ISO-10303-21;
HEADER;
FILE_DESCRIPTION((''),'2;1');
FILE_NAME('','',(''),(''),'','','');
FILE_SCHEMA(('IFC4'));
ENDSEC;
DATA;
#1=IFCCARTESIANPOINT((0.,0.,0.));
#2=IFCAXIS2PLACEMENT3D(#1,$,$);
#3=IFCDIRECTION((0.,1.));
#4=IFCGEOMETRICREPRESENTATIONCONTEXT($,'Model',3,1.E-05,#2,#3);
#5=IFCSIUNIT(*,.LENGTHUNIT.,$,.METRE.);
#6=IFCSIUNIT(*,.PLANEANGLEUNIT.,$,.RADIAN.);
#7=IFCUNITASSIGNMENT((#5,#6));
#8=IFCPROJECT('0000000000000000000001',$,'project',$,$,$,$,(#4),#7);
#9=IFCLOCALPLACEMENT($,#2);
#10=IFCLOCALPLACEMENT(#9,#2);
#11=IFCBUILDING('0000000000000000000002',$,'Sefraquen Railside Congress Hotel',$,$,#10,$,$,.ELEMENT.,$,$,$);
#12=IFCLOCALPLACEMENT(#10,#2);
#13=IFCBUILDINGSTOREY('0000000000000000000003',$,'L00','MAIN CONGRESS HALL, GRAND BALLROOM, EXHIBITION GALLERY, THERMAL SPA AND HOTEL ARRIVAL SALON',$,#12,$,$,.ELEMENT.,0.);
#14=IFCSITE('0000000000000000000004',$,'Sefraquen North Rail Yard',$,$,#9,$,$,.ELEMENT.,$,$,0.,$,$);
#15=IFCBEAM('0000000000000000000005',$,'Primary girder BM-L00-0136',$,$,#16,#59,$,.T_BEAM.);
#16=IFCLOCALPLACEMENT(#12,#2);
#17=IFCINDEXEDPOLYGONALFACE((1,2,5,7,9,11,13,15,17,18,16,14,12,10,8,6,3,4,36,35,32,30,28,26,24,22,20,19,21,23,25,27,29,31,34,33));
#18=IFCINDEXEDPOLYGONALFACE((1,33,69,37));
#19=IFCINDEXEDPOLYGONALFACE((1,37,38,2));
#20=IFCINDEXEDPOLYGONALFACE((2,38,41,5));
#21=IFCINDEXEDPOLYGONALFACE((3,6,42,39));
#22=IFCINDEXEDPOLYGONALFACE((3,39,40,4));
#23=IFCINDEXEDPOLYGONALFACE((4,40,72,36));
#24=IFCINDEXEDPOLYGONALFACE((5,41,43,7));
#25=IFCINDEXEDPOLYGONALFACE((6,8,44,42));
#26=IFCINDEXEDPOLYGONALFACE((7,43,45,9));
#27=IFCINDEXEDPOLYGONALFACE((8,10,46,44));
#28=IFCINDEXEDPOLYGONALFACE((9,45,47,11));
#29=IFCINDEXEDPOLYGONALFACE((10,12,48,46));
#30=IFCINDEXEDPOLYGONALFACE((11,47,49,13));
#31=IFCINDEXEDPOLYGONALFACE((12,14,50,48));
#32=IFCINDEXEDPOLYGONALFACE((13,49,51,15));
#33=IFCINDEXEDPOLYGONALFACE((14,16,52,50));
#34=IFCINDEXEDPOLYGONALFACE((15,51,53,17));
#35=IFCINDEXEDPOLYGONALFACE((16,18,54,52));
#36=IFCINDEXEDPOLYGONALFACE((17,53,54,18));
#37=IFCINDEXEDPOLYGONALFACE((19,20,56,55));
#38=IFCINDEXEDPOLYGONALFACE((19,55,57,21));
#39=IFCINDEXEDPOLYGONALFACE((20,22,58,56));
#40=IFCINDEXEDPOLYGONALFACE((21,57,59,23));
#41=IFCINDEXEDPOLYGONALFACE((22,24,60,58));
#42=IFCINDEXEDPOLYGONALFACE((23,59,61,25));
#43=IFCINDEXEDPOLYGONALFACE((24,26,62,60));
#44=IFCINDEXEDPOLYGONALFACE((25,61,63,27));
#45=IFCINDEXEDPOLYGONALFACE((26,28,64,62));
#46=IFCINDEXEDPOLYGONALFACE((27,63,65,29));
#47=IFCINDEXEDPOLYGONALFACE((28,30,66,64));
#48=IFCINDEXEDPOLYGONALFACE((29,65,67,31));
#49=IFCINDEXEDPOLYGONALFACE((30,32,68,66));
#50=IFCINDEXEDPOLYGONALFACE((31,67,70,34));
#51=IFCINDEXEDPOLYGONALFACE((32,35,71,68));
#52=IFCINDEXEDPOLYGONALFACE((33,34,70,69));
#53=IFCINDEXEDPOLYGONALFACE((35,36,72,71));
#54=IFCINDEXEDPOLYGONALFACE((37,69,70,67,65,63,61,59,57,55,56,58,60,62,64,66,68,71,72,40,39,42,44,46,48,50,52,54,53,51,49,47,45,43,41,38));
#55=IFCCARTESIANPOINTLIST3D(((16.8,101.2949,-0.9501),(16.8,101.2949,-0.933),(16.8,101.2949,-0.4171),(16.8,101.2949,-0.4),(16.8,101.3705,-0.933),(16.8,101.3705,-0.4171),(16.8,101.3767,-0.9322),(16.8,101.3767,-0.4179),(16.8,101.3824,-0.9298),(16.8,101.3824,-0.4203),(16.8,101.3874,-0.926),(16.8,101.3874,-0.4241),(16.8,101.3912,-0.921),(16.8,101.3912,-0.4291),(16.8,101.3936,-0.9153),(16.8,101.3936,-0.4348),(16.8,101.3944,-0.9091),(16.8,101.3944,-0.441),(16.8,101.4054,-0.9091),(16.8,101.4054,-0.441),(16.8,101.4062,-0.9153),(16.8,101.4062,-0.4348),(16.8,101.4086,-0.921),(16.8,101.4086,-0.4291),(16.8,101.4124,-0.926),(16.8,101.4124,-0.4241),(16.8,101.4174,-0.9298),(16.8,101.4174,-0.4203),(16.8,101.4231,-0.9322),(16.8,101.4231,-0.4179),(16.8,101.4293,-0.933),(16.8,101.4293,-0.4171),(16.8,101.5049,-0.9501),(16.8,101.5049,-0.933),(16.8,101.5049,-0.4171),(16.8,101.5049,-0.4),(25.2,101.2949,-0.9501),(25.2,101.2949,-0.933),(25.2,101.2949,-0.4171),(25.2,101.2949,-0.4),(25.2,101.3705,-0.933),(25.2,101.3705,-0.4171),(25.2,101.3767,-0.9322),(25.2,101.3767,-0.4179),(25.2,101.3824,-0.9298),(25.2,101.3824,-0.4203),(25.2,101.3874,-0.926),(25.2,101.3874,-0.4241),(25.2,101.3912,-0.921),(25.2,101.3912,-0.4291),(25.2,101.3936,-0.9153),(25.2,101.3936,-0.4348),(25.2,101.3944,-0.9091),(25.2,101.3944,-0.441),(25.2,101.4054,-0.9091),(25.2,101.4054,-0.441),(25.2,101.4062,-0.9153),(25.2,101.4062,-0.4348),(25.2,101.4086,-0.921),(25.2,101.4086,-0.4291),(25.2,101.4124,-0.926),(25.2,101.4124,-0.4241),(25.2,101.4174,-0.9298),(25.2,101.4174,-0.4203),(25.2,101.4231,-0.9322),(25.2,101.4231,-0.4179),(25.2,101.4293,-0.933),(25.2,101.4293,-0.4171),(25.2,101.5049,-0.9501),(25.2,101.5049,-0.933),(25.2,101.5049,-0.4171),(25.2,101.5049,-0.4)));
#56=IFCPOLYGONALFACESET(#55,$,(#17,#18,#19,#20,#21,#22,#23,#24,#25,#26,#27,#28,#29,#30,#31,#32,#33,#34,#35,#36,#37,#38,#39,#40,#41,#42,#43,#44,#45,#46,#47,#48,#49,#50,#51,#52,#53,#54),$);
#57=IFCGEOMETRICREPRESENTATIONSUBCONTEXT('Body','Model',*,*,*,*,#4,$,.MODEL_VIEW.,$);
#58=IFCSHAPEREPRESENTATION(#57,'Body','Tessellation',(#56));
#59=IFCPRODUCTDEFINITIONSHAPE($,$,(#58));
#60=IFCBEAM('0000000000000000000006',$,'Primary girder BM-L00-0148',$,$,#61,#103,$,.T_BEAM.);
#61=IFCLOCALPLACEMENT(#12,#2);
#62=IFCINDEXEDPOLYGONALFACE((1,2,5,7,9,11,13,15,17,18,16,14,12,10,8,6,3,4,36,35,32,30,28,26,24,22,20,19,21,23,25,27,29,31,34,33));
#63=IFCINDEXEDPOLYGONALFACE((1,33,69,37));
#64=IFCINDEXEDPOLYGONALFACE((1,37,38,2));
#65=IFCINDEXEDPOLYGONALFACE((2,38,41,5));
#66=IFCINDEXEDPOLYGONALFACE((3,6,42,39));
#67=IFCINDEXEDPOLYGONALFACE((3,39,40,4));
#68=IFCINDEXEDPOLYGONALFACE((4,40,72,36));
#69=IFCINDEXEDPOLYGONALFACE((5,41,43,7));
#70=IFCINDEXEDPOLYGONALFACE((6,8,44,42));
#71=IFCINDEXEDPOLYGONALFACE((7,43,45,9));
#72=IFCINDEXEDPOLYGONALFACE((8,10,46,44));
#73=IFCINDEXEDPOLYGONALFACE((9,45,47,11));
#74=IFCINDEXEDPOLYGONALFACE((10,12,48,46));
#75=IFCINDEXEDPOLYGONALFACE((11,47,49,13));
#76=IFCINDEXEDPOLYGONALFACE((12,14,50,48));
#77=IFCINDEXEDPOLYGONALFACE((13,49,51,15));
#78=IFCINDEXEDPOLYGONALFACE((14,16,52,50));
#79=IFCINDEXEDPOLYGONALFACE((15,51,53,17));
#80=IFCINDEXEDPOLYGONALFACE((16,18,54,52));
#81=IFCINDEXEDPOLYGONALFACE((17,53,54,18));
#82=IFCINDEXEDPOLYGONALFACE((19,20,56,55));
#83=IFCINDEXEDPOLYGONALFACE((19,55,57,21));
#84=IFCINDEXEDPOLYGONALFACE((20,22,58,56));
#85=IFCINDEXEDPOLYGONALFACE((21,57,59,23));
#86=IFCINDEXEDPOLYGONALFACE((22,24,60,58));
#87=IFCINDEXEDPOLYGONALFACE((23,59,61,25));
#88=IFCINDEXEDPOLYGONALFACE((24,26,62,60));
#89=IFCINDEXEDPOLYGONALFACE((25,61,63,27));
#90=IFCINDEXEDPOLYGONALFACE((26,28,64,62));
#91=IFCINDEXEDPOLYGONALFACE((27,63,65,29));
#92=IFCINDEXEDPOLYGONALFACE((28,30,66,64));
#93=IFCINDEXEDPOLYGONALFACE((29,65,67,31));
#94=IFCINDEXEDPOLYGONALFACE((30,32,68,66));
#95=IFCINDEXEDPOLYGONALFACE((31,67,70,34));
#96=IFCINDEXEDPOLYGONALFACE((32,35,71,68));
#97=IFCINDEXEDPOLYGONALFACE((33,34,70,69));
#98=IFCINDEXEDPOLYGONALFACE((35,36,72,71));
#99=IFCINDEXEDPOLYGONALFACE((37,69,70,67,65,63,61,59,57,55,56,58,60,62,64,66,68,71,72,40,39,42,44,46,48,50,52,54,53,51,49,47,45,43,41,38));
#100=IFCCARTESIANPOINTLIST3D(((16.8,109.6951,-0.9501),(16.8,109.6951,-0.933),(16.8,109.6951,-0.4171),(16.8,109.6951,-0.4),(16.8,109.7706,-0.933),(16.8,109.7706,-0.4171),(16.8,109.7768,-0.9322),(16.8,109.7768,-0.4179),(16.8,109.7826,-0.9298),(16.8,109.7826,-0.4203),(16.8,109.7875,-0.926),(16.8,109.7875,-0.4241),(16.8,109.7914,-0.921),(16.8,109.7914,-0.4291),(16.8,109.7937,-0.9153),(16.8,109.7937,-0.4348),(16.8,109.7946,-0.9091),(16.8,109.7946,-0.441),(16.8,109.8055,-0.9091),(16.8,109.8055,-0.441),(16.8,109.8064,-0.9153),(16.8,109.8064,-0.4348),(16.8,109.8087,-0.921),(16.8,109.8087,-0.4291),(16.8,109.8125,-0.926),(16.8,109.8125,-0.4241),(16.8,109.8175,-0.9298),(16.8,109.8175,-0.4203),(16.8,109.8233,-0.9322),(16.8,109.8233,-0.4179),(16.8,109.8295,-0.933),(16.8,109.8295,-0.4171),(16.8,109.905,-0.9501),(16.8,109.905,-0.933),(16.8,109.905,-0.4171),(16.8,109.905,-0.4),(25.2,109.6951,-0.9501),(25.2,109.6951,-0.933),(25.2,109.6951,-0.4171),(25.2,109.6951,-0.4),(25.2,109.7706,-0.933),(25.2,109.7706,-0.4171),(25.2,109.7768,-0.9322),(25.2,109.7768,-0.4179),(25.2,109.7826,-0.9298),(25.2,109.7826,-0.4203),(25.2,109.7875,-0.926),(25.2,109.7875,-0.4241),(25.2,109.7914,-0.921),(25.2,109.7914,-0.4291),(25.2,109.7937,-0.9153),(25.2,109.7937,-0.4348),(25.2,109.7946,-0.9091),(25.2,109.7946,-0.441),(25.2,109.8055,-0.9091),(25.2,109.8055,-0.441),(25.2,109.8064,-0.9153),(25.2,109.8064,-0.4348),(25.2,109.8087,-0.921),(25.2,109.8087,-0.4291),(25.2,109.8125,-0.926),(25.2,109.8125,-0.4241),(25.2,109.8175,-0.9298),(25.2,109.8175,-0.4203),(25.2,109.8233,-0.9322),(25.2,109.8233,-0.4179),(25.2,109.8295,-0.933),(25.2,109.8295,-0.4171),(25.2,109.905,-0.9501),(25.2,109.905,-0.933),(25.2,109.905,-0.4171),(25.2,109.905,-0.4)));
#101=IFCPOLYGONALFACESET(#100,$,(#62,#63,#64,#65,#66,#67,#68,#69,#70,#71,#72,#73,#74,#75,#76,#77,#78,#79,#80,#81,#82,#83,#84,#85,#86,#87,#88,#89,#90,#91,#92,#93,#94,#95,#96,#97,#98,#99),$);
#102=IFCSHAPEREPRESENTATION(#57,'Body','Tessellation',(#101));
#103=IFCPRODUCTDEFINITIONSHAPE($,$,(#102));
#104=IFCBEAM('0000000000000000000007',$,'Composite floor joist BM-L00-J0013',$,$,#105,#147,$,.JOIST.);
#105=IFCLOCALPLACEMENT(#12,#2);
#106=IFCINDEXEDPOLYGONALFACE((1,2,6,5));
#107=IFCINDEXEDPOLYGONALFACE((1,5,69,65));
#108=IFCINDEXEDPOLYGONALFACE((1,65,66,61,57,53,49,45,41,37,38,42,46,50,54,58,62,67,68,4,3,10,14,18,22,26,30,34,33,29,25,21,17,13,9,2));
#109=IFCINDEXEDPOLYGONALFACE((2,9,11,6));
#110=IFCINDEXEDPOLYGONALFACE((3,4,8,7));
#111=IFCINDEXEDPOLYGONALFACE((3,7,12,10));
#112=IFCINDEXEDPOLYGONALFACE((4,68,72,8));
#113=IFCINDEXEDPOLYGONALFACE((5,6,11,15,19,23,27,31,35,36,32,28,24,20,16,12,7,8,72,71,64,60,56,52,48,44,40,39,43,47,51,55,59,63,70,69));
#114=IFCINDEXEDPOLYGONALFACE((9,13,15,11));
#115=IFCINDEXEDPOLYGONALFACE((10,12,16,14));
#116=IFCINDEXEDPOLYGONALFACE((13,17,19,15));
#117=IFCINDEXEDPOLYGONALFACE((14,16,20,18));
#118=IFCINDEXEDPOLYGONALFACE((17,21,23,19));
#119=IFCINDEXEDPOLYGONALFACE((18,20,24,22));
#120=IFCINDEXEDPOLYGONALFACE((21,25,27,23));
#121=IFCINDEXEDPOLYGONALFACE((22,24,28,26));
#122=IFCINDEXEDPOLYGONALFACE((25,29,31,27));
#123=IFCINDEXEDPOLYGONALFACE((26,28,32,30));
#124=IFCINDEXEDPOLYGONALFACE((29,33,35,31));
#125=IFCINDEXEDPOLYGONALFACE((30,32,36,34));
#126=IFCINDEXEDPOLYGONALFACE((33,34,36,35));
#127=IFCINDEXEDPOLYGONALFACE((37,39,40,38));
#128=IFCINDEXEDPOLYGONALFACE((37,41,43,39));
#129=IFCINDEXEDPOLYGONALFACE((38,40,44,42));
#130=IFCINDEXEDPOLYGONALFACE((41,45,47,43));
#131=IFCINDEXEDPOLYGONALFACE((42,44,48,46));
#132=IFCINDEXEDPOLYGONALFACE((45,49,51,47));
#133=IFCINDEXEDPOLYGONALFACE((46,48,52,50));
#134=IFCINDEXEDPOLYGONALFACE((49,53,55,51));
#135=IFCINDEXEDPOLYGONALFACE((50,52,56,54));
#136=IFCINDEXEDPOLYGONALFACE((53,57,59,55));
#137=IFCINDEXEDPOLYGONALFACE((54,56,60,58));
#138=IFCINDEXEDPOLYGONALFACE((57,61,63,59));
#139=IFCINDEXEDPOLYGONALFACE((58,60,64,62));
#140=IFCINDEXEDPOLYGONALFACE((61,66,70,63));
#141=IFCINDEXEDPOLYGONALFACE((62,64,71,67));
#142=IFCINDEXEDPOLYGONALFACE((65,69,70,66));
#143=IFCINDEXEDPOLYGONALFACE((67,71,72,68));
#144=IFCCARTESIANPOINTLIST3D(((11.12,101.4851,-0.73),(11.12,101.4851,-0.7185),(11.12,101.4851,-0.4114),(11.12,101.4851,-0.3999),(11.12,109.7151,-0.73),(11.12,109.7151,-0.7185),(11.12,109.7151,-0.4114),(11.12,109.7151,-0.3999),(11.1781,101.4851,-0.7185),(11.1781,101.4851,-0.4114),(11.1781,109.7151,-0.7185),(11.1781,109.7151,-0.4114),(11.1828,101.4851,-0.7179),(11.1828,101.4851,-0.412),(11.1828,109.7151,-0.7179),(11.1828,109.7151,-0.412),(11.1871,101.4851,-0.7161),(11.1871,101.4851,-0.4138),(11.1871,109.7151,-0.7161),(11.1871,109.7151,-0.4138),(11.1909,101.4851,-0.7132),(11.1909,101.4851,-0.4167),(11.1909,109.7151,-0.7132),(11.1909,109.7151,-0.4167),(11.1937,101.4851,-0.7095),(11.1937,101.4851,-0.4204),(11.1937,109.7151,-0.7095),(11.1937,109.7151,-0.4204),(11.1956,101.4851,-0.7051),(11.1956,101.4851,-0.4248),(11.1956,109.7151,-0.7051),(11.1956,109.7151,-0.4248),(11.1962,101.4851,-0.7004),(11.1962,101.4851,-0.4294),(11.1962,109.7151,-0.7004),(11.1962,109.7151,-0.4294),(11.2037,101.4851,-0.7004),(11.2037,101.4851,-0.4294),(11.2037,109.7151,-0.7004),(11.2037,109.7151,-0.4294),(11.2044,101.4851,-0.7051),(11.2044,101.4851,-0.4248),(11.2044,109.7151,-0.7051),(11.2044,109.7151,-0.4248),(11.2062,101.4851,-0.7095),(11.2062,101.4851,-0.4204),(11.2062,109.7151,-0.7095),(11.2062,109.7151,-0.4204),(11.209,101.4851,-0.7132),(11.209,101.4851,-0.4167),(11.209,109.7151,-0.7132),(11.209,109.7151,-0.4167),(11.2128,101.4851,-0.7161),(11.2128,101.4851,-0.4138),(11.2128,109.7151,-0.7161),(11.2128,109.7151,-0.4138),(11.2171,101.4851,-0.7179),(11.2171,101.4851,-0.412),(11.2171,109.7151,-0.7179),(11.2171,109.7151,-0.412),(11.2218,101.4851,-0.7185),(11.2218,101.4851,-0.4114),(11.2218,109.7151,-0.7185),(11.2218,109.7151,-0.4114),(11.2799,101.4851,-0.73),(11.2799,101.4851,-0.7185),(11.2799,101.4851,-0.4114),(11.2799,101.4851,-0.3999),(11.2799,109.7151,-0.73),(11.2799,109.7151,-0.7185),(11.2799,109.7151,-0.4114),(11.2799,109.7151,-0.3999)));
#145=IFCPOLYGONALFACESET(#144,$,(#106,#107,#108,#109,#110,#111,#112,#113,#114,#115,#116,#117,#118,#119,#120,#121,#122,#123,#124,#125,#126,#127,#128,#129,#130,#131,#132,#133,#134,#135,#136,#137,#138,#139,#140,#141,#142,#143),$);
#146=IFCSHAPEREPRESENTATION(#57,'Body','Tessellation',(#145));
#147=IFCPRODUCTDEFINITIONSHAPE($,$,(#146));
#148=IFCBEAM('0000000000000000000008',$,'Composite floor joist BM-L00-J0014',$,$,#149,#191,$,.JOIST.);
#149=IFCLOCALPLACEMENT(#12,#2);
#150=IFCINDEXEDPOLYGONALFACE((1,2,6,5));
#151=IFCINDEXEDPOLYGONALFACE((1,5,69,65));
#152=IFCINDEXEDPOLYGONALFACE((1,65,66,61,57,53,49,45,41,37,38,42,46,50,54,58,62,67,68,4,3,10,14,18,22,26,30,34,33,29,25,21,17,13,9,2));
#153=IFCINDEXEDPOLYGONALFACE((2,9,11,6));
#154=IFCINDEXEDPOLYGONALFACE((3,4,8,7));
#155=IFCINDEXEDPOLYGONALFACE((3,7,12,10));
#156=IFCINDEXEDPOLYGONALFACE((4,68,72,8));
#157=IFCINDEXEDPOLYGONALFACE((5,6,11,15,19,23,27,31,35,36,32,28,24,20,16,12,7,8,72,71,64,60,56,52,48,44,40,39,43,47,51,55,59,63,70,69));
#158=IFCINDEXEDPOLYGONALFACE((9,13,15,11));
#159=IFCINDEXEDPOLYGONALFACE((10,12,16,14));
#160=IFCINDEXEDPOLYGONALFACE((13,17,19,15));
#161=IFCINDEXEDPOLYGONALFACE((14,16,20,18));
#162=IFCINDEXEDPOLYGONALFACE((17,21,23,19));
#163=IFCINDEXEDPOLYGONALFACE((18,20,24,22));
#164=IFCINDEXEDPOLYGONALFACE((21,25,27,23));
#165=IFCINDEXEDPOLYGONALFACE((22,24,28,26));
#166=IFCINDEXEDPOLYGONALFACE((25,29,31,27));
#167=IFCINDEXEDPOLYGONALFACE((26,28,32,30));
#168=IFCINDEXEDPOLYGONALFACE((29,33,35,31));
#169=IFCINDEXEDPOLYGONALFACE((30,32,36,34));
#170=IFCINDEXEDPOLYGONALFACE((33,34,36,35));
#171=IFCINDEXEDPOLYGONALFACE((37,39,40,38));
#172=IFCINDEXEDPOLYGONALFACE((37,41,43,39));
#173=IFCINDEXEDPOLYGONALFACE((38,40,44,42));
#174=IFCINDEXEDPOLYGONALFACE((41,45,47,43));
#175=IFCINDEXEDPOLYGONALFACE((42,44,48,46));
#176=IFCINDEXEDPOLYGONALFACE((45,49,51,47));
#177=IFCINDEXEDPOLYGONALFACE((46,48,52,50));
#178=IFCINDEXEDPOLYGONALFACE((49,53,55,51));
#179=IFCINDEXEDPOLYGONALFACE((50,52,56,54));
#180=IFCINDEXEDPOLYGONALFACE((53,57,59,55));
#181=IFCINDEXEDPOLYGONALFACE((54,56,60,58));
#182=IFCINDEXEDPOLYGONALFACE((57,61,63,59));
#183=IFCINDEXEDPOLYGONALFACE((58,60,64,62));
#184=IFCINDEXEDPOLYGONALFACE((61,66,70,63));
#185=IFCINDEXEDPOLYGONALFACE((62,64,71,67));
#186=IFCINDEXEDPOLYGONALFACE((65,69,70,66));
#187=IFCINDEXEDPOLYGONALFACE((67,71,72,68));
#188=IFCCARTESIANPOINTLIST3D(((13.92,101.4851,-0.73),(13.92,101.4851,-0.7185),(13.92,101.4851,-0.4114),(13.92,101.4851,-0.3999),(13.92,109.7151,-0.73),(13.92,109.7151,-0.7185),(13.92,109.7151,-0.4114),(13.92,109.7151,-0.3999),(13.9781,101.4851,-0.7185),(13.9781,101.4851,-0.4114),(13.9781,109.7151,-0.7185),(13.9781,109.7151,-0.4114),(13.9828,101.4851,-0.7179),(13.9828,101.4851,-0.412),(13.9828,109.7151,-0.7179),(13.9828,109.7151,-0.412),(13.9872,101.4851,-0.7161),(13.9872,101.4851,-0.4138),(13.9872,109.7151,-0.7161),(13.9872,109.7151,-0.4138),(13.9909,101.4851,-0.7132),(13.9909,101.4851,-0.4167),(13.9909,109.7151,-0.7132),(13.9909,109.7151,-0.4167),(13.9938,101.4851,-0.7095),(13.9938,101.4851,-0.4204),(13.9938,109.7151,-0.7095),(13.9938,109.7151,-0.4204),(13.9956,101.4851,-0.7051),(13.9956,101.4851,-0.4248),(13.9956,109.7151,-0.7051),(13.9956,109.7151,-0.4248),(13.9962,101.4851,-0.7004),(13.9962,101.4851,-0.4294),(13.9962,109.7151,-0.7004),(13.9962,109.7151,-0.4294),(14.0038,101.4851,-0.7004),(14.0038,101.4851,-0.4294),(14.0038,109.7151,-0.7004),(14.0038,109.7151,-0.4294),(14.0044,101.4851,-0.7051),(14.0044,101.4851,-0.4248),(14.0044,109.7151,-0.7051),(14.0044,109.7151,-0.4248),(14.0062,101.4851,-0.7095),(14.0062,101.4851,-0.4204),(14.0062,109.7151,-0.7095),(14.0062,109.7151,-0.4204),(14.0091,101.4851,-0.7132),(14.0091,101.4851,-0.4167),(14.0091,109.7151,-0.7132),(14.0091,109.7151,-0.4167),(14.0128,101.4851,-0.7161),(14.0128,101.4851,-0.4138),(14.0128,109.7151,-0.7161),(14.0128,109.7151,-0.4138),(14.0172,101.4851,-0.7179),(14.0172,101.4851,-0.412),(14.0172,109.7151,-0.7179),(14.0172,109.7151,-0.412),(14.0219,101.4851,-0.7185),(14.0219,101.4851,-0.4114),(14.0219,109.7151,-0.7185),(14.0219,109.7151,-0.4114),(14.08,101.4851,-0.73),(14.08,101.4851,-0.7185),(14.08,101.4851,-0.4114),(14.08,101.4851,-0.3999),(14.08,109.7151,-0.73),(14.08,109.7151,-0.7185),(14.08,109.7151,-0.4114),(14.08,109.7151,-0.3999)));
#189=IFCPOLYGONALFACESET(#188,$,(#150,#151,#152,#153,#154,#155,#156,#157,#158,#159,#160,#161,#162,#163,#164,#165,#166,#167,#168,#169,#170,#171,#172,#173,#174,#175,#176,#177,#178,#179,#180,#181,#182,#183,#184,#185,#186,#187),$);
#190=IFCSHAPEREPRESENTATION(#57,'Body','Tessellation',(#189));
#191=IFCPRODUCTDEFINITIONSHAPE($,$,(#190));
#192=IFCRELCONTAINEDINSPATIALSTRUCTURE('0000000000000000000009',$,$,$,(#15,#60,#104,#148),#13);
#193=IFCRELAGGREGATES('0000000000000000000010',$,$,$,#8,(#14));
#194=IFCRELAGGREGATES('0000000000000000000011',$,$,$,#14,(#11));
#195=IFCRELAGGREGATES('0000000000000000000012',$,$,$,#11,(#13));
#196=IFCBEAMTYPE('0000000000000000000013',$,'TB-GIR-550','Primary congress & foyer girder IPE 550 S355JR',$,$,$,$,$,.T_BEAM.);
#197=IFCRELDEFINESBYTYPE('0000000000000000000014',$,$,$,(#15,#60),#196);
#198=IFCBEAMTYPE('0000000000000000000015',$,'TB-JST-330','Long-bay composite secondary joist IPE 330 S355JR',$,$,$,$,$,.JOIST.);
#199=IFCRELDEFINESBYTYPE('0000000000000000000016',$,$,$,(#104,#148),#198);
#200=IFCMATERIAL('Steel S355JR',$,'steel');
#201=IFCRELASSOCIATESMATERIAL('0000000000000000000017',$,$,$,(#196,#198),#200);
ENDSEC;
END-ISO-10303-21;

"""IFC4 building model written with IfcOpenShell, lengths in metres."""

from ifc_helpers import new_model, si_unit, direction, frame, origin, origin_2d, place, context, subcontext, project, spatial, i_section, extrude, material, material_profile, profile_set, type_object, element, save


model = new_model("IFC4")

# Units and contexts
model_context = context("Model", 3, precision=1e-05, world=origin(), true_north=direction((0.0, 1.0)))
body_context = subcontext(model_context, "Body", "Model", "MODEL_VIEW")
ifc_project = project(units=[si_unit("LENGTHUNIT", "METRE"), si_unit("PLANEANGLEUNIT", "RADIAN")], contexts=[model_context])

# Site, building, storey
site_placement = place(None, origin())
site = spatial("IfcSite", under=ifc_project, at=site_placement, Name="Sefraquen North Rail Yard", CompositionType="ELEMENT", RefElevation=0.0)
building_placement = place(site_placement, origin())
building = spatial("IfcBuilding", under=site, at=building_placement, Name="Sefraquen Railside Congress Hotel", CompositionType="ELEMENT")
storey_placement = place(building_placement, origin())
storey = spatial("IfcBuildingStorey", under=building, at=storey_placement, Name="L00", Description="MAIN CONGRESS HALL, GRAND BALLROOM, EXHIBITION GALLERY, THERMAL SPA AND HOTEL ARRIVAL SALON", CompositionType="ELEMENT", Elevation=0.0)

# Shared definitions
ifc_material_1 = material(Name="Steel S355JR", Category="steel")

# Beams
ifc_material_profile_1 = material_profile(ifc_material_1, i_section(OverallWidth=0.21, OverallDepth=0.55, WebThickness=0.011, FlangeThickness=0.0171, FilletRadius=0.0239, at=origin_2d()), Name="IPE 550")
ifc_profile_set_1 = profile_set([ifc_material_profile_1], Name="Steel S355JR")
beam_type_1 = type_object("IfcBeamType", Name="TB-GIR-550", Description="Primary congress & foyer girder IPE 550 S355JR", PredefinedType="T_BEAM", material=ifc_profile_set_1)
for number, where, z_axis, x_axis, name in (
    (1, (16.8, 101.3999, -0.675), (1.0, 0.0, 0.0), (0.0, 1.0, 0.0), "Primary girder BM-L00-0136"),
    (2, (16.8, 109.8, -0.675), (1.0, 0.0, 0.0), (0.0, 1.0, 0.0), "Primary girder BM-L00-0148"),
):
    element("IfcBeam", number, at=place(storey_placement, frame(where, z_axis=z_axis, x_axis=x_axis)), inside=storey, type_object=beam_type_1, Name=name, PredefinedType="T_BEAM", context=body_context, shape_type="SweptSolid", body=[
        extrude(i_section(OverallWidth=0.21, OverallDepth=0.55, WebThickness=0.011, FlangeThickness=0.0171, FilletRadius=0.0239, at=origin_2d()), origin(), (0.0, 0.0, 1.0), 8.3999),
    ])
ifc_material_profile_2 = material_profile(ifc_material_1, i_section(OverallWidth=0.1599, OverallDepth=0.3301, WebThickness=0.0076, FlangeThickness=0.0115, FilletRadius=0.0181, at=origin_2d()), Name="IPE 330")
ifc_profile_set_2 = profile_set([ifc_material_profile_2], Name="Steel S355JR")
beam_type_2 = type_object("IfcBeamType", Name="TB-JST-330", Description="Long-bay composite secondary joist IPE 330 S355JR", PredefinedType="JOIST", material=ifc_profile_set_2)
for number, where, z_axis, x_axis, name in (
    (3, (11.2, 101.4851, -0.5649), (0.0, 1.0, 0.0), (-1.0, 0.0, 0.0), "Composite floor joist BM-L00-J0013"),
    (4, (14.0, 101.4851, -0.5649), (0.0, 1.0, 0.0), (-1.0, 0.0, 0.0), "Composite floor joist BM-L00-J0014"),
):
    element("IfcBeam", number, at=place(storey_placement, frame(where, z_axis=z_axis, x_axis=x_axis)), inside=storey, type_object=beam_type_2, Name=name, PredefinedType="JOIST", context=body_context, shape_type="SweptSolid", body=[
        extrude(i_section(OverallWidth=0.1599, OverallDepth=0.3301, WebThickness=0.0076, FlangeThickness=0.0115, FilletRadius=0.0181, at=origin_2d()), origin(), (0.0, 0.0, 1.0), 8.23),
    ])

save(model, "model.ifc")
